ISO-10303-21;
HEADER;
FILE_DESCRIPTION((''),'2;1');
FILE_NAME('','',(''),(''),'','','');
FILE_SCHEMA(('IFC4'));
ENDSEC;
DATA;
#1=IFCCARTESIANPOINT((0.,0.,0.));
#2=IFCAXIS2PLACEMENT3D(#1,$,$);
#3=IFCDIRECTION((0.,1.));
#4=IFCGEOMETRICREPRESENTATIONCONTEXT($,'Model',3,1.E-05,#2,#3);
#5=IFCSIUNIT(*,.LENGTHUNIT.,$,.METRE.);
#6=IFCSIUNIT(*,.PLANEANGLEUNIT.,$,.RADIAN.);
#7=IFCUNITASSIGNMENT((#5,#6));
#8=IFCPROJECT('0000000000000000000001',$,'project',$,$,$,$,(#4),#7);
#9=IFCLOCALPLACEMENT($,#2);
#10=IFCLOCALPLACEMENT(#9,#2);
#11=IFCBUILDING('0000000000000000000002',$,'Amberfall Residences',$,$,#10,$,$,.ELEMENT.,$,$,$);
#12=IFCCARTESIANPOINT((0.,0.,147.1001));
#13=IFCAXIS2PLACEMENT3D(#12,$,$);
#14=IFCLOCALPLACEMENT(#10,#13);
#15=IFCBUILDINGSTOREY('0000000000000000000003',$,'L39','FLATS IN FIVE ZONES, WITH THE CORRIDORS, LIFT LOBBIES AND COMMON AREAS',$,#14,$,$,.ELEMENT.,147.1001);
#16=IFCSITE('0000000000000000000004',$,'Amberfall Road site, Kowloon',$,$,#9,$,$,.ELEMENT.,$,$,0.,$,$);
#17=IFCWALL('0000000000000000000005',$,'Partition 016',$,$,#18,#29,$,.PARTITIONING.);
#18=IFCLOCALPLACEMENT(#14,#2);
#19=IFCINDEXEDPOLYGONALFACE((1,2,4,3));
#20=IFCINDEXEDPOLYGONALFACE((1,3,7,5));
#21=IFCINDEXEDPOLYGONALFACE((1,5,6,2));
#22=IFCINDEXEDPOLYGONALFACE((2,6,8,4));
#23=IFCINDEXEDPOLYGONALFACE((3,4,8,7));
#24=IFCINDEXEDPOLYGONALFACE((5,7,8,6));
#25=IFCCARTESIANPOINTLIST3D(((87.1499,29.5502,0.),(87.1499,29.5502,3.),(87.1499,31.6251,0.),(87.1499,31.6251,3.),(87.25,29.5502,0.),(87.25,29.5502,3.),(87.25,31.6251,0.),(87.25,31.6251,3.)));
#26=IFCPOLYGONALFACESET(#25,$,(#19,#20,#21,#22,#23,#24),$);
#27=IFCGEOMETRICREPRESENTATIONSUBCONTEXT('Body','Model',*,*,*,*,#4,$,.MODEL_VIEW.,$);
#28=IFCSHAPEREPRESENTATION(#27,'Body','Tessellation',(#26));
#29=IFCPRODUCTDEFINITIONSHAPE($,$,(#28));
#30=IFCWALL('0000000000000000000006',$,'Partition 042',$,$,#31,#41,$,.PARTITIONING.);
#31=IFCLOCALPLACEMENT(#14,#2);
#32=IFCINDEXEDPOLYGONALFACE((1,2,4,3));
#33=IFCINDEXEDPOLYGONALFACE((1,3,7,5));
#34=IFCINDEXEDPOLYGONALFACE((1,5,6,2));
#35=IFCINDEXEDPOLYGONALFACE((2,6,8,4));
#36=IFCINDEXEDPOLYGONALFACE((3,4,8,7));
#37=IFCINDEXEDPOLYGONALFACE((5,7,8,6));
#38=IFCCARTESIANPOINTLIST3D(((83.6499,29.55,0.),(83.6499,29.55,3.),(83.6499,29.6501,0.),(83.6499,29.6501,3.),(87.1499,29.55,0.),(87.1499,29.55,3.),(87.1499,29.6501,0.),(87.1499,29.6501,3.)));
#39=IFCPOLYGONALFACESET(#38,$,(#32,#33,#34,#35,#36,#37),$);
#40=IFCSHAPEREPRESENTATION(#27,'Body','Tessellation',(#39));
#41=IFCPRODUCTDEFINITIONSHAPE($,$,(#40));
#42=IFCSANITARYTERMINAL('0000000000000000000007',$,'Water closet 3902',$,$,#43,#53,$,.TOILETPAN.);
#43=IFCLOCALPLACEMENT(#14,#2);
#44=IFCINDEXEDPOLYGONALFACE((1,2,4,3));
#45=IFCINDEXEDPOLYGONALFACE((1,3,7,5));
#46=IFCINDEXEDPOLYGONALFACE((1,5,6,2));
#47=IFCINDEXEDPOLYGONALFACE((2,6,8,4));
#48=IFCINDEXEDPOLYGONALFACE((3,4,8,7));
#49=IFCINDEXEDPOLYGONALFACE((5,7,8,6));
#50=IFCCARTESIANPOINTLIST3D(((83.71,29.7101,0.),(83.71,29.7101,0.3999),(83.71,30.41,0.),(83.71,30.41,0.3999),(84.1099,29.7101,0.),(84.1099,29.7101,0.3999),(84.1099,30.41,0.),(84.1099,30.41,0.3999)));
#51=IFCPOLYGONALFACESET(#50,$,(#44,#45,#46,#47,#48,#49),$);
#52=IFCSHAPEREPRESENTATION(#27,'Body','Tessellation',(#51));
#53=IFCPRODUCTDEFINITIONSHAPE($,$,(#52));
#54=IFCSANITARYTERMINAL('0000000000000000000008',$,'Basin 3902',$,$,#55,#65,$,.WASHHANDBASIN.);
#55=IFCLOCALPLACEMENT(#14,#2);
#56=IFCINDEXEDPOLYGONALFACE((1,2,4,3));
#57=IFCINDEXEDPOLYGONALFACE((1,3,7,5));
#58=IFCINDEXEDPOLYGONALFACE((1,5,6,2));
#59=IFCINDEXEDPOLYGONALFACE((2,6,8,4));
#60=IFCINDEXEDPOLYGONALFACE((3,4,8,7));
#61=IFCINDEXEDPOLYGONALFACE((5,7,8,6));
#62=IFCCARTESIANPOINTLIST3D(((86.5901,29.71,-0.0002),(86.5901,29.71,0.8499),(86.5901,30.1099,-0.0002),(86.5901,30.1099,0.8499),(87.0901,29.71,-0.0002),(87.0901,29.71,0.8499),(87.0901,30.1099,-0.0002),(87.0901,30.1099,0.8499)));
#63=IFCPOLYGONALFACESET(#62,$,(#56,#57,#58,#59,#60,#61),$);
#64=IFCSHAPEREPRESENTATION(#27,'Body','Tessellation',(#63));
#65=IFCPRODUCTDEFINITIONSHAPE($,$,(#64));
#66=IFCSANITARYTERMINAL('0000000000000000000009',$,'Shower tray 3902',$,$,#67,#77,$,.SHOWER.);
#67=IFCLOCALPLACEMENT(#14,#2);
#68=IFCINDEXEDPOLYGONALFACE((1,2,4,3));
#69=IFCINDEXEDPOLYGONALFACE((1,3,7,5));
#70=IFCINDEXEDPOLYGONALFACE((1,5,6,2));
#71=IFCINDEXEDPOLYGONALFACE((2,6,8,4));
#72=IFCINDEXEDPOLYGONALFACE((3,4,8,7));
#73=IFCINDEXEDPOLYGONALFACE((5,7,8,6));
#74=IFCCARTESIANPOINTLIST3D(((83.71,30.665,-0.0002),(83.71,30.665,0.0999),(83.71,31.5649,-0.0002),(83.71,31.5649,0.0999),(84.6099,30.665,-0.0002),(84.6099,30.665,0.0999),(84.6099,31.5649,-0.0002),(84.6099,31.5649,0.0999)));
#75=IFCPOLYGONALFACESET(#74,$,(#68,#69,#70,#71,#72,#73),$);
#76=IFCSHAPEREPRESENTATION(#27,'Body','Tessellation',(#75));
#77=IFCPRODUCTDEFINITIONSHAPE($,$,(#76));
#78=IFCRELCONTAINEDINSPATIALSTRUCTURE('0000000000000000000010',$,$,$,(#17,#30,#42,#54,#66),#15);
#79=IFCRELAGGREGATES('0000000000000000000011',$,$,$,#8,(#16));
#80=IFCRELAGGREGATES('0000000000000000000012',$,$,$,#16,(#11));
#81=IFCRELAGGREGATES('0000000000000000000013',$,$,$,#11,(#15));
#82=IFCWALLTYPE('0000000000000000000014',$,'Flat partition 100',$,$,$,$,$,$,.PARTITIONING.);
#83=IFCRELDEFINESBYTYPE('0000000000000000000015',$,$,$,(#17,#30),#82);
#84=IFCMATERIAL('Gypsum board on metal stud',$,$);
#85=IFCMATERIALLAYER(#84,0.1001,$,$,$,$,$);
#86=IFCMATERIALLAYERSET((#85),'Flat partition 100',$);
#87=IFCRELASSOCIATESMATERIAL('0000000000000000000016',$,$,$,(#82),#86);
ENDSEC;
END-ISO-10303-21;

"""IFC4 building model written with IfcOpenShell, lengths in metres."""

from ifc_helpers import new_model, si_unit, direction, frame, frame_2d, origin, origin_2d, place, context, subcontext, project, spatial, rectangle, extrude, material, layer, layer_set, type_object, element, save


model = new_model("IFC4")

# Units and contexts
model_context = context("Model", 3, precision=1e-05, world=origin(), true_north=direction((0.0, 1.0)))
body_context = subcontext(model_context, "Body", "Model", "MODEL_VIEW")
ifc_project = project(units=[si_unit("LENGTHUNIT", "METRE"), si_unit("PLANEANGLEUNIT", "RADIAN")], contexts=[model_context])

# Site, building, storey
site_placement = place(None, origin())
site = spatial("IfcSite", under=ifc_project, at=site_placement, Name="Amberfall Road site, Kowloon", CompositionType="ELEMENT", RefElevation=0.0)
building_placement = place(site_placement, origin())
building = spatial("IfcBuilding", under=site, at=building_placement, Name="Amberfall Residences", CompositionType="ELEMENT")
storey_placement = place(building_placement, frame((0.0, 0.0, 147.1001)))
storey = spatial("IfcBuildingStorey", under=building, at=storey_placement, Name="L39", Description="FLATS IN FIVE ZONES, WITH THE CORRIDORS, LIFT LOBBIES AND COMMON AREAS", CompositionType="ELEMENT", Elevation=147.1001)

# Shared definitions
ifc_material_1 = material(Name="Gypsum board on metal stud")
ifc_layer_1 = layer(ifc_material_1, 0.1001)
ifc_layer_set_1 = layer_set([ifc_layer_1], Name="Flat partition 100")
wall_type_1 = type_object("IfcWallType", Name="Flat partition 100", PredefinedType="PARTITIONING", material=ifc_layer_set_1)

# Walls
wall_1_placement = place(storey_placement, frame((87.2, 29.55, 0.0), z_axis=(0.0, 0.0, 1.0), x_axis=(0.0, 1.0, 0.0)))
element("IfcWall", 1, at=wall_1_placement, inside=storey, type_object=wall_type_1, Name="Partition 016", PredefinedType="PARTITIONING", context=body_context, shape_type="SweptSolid", body=[
    extrude(rectangle(XDim=2.075, YDim=0.1001, at=frame_2d((1.0376, 0.0))), origin(), (0.0, 0.0, 1.0), 3.0),
])
wall_2_placement = place(storey_placement, frame((83.6499, 29.6001, 0.0), z_axis=(0.0, 0.0, 1.0), x_axis=(1.0, 0.0, 0.0)))
element("IfcWall", 2, at=wall_2_placement, inside=storey, type_object=wall_type_1, Name="Partition 042", PredefinedType="PARTITIONING", context=body_context, shape_type="SweptSolid", body=[
    extrude(rectangle(XDim=3.5, YDim=0.1001, at=frame_2d((1.75, 0.0))), origin(), (0.0, 0.0, 1.0), 3.0),
])

# Sanitary terminals
sanitary_terminal_1_placement = place(storey_placement, frame((83.9099, 30.0601, 0.0), z_axis=(0.0, 0.0, 1.0), x_axis=(1.0, 0.0, 0.0)))
element("IfcSanitaryTerminal", 3, at=sanitary_terminal_1_placement, inside=storey, Name="Water closet 3902", PredefinedType="TOILETPAN", context=body_context, shape_type="SweptSolid", body=[
    extrude(rectangle(XDim=0.3999, YDim=0.7, at=origin_2d()), origin(), (0.0, 0.0, 1.0), 0.3999),
])
sanitary_terminal_2_placement = place(storey_placement, frame((86.8401, 29.9099, -0.0002), z_axis=(0.0, 0.0, 1.0), x_axis=(1.0, 0.0, 0.0)))
element("IfcSanitaryTerminal", 4, at=sanitary_terminal_2_placement, inside=storey, Name="Basin 3902", PredefinedType="WASHHANDBASIN", context=body_context, shape_type="SweptSolid", body=[
    extrude(rectangle(XDim=0.5, YDim=0.3999, at=origin_2d()), origin(), (0.0, 0.0, 1.0), 0.8501),
])
sanitary_terminal_3_placement = place(storey_placement, frame((84.1599, 31.115, -0.0002), z_axis=(0.0, 0.0, 1.0), x_axis=(1.0, 0.0, 0.0)))
element("IfcSanitaryTerminal", 5, at=sanitary_terminal_3_placement, inside=storey, Name="Shower tray 3902", PredefinedType="SHOWER", context=body_context, shape_type="SweptSolid", body=[
    extrude(rectangle(XDim=0.8999, YDim=0.8999, at=origin_2d()), origin(), (0.0, 0.0, 1.0), 0.1001),
])

save(model, "model.ifc")
